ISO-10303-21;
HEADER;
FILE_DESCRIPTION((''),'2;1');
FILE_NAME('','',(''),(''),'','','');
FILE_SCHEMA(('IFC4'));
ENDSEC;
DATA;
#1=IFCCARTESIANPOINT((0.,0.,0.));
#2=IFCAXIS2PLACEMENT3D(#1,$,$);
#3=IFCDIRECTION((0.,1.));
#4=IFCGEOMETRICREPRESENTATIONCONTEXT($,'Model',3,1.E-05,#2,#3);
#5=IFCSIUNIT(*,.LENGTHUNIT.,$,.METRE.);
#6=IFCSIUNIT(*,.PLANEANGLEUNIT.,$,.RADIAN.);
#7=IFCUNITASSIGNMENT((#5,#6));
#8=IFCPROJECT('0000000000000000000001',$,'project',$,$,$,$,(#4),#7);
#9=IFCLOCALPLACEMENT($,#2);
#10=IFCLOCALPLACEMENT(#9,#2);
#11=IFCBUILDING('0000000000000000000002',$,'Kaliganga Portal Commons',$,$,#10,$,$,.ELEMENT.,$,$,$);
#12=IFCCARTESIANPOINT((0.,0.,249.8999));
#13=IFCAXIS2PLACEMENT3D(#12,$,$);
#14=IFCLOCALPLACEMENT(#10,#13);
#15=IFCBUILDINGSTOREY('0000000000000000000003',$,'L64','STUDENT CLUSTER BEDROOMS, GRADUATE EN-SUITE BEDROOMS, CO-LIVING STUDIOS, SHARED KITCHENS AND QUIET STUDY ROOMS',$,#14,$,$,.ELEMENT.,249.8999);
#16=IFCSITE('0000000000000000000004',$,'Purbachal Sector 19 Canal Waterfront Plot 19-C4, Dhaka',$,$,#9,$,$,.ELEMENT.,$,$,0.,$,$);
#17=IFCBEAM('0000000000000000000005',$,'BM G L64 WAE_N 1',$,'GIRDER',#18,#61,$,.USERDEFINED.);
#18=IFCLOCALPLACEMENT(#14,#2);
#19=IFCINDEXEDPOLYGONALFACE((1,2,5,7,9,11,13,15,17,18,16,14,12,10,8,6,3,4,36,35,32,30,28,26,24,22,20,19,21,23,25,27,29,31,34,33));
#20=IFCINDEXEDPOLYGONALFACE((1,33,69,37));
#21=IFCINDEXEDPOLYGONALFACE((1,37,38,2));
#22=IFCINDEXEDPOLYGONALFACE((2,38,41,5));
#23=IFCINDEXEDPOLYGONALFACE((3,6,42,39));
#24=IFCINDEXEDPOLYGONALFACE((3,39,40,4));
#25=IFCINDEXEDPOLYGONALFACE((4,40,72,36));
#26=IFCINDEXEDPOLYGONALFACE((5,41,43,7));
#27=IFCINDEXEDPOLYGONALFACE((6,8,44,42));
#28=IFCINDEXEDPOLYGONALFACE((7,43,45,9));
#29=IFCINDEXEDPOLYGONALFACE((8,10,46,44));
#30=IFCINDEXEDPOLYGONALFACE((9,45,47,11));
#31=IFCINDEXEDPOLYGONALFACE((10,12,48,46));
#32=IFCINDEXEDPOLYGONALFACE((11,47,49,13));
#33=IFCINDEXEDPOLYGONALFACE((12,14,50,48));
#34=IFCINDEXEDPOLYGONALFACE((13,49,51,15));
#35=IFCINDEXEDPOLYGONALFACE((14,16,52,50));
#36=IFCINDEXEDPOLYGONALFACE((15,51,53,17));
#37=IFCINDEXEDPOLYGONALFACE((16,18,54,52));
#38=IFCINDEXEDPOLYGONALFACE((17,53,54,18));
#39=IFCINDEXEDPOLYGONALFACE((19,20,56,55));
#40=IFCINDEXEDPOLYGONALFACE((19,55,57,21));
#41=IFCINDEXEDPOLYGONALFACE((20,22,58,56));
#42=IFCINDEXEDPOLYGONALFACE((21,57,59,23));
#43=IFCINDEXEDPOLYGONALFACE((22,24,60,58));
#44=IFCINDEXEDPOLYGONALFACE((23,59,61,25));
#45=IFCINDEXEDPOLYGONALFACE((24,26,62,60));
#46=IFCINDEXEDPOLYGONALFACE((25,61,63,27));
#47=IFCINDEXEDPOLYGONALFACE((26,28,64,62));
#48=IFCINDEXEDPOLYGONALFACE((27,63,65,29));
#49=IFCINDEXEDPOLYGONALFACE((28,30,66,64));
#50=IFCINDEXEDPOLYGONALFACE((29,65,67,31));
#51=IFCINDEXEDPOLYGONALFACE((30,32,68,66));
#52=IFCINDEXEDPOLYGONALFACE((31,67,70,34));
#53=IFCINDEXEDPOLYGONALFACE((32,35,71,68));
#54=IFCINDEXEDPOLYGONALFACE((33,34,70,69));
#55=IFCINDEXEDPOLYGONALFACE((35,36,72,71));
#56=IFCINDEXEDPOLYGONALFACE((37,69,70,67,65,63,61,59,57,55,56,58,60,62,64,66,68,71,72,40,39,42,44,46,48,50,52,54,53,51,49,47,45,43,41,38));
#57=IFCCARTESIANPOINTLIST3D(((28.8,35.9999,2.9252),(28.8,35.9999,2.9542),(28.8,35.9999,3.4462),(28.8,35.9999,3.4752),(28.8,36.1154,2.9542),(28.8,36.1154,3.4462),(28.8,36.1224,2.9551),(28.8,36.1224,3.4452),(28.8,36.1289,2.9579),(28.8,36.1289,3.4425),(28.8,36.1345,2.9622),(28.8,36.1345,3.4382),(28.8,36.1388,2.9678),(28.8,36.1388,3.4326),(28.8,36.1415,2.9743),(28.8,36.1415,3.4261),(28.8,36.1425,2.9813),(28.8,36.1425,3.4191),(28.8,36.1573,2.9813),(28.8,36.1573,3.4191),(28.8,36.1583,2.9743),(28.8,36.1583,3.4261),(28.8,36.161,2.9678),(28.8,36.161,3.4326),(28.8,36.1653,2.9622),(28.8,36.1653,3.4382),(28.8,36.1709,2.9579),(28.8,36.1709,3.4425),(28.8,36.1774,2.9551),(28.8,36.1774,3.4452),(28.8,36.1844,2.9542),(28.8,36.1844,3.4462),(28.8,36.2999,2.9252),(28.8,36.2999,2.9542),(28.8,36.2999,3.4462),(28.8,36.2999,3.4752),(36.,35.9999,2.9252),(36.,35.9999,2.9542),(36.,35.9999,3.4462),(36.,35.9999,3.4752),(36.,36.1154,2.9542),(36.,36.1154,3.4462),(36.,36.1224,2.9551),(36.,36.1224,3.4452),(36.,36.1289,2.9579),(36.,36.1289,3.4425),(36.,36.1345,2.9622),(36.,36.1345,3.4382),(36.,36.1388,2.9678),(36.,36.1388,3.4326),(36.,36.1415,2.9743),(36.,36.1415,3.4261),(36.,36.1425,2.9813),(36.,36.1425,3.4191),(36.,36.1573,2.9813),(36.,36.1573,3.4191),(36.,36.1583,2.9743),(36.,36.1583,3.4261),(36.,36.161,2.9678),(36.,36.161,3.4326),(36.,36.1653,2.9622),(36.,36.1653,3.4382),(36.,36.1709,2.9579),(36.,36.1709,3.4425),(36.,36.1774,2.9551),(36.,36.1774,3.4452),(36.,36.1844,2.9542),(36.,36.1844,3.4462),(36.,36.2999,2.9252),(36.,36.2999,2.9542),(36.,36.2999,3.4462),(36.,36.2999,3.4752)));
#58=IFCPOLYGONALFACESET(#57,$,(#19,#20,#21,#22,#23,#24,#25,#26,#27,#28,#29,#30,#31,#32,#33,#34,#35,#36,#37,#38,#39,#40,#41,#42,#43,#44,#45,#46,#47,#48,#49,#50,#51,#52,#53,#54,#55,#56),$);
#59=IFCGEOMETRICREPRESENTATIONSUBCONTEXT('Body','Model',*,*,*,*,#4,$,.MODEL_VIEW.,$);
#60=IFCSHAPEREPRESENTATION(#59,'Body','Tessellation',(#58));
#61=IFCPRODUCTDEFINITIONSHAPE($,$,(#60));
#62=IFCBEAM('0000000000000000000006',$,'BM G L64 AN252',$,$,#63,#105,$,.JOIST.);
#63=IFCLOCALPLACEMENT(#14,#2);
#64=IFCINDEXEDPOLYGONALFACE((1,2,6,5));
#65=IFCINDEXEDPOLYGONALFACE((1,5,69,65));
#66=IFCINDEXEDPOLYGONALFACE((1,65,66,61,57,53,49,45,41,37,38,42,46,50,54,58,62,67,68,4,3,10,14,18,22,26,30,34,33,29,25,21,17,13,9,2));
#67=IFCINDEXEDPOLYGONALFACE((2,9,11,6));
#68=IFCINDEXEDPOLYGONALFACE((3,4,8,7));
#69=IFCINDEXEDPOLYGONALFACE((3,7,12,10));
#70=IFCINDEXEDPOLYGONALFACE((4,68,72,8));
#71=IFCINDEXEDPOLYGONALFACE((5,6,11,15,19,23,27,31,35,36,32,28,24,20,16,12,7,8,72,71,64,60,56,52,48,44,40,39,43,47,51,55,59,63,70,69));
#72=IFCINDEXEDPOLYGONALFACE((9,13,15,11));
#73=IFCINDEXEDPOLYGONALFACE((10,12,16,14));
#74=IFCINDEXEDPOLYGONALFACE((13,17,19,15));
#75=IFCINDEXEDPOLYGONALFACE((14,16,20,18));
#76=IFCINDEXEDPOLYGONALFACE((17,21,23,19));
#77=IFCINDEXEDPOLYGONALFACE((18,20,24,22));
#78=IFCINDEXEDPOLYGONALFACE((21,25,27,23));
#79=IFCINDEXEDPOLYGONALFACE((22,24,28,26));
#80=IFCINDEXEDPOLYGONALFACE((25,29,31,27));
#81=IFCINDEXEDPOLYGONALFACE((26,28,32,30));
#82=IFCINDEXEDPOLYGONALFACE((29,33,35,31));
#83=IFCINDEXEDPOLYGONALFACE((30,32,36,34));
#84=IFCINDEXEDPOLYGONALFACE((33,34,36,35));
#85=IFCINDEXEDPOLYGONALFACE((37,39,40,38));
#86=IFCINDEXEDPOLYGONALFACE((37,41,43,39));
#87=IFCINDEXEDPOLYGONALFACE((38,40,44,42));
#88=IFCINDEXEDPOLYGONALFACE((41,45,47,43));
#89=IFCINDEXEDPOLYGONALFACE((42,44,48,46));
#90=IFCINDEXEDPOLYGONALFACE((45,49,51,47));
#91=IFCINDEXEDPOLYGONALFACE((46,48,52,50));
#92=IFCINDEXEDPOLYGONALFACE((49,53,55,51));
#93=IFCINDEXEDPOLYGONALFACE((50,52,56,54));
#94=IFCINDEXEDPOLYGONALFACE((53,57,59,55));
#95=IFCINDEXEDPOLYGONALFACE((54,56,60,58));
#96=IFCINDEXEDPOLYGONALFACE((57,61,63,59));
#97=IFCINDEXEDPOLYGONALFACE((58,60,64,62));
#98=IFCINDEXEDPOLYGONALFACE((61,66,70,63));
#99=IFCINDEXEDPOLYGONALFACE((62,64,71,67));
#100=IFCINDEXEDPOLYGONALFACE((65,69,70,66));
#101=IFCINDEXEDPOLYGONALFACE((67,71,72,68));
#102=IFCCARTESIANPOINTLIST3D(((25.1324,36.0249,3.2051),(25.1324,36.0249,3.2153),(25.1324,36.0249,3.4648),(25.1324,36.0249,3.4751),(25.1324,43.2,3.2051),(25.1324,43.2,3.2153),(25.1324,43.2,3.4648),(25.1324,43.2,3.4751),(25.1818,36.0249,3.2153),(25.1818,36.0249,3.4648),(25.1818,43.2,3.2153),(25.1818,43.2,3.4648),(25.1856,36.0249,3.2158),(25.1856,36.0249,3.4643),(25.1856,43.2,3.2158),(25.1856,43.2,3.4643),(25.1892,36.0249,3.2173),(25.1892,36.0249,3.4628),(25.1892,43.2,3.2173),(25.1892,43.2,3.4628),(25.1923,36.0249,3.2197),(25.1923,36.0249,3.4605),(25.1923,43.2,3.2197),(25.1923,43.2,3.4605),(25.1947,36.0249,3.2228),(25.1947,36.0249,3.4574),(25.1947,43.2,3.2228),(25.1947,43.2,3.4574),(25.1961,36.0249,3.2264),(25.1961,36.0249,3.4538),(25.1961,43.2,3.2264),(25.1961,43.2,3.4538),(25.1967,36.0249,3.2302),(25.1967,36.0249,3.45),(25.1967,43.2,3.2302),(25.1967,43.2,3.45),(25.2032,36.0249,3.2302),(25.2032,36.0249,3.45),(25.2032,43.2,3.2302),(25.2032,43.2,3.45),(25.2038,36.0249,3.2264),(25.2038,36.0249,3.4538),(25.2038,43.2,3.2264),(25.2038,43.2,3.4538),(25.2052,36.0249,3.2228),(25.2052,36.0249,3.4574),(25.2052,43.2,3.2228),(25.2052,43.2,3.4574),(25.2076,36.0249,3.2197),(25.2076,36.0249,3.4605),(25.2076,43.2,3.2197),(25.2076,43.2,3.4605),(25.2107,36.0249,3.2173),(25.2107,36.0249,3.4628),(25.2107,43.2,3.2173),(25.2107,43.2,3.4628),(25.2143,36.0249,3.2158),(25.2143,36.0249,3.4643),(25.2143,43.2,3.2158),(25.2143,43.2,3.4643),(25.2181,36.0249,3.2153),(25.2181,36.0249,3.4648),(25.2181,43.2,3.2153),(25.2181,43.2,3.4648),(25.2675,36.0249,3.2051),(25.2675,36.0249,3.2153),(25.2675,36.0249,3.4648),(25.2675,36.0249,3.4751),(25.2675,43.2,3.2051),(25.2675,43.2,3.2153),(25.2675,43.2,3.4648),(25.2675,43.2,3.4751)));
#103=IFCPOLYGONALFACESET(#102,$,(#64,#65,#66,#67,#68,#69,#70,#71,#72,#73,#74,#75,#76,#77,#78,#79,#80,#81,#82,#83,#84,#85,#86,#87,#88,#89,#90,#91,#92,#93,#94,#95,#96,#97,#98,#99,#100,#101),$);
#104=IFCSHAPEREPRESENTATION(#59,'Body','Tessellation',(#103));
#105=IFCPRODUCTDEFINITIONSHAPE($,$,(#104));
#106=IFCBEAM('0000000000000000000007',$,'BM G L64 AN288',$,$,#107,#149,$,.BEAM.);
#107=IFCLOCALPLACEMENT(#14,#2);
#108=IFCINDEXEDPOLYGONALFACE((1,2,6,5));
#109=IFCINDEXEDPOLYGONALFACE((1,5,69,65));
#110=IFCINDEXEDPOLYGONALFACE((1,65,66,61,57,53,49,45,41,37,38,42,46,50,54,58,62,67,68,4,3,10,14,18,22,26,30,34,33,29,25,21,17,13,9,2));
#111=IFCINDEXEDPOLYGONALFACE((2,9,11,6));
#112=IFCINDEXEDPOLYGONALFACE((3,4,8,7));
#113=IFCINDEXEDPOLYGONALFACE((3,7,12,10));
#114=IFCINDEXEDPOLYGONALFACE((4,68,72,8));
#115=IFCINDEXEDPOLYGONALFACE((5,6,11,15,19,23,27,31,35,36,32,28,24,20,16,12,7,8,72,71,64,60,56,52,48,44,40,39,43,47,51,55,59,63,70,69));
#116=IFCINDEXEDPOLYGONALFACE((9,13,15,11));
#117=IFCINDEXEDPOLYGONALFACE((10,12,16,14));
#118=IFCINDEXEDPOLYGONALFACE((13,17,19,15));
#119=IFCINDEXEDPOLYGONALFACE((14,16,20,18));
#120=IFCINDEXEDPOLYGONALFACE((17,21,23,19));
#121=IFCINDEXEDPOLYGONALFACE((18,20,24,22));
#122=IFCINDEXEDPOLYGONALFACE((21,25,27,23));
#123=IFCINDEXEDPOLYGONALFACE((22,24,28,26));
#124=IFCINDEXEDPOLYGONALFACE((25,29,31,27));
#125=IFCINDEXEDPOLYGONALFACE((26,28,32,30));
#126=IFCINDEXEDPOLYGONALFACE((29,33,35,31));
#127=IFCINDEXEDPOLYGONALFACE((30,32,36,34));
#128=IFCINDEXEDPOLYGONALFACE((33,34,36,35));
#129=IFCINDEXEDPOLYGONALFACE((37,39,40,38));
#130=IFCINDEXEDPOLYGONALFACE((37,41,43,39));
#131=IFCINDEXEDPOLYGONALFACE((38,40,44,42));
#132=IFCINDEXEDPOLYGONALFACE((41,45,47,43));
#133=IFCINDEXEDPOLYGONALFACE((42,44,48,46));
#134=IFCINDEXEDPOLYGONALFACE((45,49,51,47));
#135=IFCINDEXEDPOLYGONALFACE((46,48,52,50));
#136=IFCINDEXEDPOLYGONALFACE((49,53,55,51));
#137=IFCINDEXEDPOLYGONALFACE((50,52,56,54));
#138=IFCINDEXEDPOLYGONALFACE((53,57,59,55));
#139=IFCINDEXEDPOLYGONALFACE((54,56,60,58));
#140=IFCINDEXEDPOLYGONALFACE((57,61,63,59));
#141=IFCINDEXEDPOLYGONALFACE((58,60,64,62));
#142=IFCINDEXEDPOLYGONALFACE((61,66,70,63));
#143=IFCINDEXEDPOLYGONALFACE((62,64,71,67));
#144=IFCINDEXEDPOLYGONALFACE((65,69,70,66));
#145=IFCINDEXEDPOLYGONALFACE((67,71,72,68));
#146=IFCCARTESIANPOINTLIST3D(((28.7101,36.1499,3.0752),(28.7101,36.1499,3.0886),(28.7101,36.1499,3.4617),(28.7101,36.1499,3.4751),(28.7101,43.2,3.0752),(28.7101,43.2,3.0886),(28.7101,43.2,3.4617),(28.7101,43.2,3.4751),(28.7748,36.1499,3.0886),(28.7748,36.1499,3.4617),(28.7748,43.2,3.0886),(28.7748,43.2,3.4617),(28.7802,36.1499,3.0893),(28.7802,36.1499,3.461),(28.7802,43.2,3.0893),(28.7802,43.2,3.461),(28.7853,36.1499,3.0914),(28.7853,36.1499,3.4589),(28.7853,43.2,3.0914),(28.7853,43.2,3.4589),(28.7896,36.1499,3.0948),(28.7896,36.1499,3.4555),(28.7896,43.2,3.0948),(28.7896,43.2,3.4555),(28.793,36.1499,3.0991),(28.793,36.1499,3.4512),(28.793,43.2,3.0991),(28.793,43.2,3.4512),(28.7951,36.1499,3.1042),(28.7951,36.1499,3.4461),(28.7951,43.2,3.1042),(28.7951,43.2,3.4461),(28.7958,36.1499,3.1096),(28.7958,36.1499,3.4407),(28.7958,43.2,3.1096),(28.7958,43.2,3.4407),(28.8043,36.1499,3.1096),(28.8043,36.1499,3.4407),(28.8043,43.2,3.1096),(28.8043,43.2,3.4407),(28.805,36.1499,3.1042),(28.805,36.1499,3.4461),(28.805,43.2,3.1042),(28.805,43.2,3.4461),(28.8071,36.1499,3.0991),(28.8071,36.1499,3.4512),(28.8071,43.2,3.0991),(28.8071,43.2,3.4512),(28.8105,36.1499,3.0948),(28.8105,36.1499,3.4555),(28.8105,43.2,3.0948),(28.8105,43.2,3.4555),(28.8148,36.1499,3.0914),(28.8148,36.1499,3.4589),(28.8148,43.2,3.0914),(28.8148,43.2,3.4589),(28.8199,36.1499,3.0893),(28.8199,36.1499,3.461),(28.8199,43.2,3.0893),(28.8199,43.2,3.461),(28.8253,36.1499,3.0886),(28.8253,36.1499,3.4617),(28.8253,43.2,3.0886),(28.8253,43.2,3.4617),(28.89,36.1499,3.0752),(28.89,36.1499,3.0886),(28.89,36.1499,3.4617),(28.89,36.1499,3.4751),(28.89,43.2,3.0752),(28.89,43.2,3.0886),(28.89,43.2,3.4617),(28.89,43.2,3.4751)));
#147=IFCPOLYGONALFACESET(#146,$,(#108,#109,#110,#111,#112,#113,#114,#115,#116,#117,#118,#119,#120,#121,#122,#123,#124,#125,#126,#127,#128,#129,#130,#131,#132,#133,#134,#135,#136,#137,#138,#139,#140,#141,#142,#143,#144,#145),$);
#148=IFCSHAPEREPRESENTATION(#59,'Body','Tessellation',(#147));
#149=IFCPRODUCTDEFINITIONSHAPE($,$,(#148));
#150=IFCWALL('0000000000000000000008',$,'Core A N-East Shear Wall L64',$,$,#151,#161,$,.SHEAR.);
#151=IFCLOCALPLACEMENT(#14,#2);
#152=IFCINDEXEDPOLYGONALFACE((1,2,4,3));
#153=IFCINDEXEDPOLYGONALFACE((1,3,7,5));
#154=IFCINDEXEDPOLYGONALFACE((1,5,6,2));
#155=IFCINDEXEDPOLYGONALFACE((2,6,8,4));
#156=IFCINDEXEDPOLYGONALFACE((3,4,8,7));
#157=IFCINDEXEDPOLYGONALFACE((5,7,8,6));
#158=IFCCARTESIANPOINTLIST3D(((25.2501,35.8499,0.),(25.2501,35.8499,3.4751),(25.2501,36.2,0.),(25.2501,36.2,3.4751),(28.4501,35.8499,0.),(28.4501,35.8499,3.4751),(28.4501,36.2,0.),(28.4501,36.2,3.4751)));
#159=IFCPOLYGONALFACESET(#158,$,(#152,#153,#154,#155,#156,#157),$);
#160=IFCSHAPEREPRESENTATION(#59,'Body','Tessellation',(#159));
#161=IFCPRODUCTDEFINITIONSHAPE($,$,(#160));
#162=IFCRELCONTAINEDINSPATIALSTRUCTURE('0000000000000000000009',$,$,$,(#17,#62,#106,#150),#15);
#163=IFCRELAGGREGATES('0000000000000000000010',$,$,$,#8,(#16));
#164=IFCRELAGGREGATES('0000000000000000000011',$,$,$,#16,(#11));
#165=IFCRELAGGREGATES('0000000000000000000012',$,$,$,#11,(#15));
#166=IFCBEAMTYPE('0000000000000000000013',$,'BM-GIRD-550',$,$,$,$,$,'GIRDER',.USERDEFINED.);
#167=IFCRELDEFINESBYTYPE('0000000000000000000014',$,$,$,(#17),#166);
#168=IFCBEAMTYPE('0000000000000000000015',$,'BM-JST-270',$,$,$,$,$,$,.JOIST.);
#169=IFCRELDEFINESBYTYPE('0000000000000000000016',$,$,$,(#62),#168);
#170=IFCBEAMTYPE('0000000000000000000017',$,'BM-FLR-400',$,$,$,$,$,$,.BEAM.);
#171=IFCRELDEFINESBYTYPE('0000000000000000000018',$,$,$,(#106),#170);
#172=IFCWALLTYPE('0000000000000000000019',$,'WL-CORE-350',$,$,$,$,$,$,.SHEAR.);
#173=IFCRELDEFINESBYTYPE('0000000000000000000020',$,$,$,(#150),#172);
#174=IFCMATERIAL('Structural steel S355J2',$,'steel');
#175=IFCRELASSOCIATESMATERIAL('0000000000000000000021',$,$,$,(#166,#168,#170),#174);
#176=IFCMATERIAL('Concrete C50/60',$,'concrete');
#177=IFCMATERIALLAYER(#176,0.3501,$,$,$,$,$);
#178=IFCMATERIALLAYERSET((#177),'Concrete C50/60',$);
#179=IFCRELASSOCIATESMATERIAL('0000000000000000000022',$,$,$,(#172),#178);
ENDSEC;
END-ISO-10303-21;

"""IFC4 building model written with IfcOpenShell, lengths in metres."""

from ifc_helpers import new_model, si_unit, direction, frame, frame_2d, origin, origin_2d, place, context, subcontext, project, spatial, rectangle, i_section, extrude, source, transform, mapped, material, layer, layer_set, material_profile, profile_set, type_object, element, save


model = new_model("IFC4")

# Units and contexts
model_context = context("Model", 3, precision=1e-05, world=origin(), true_north=direction((0.0, 1.0)))
body_context = subcontext(model_context, "Body", "Model", "MODEL_VIEW")
ifc_project = project(units=[si_unit("LENGTHUNIT", "METRE"), si_unit("PLANEANGLEUNIT", "RADIAN")], contexts=[model_context])

# Site, building, storey
site_placement = place(None, origin())
site = spatial("IfcSite", under=ifc_project, at=site_placement, Name="Purbachal Sector 19 Canal Waterfront Plot 19-C4, Dhaka", CompositionType="ELEMENT", RefElevation=0.0)
building_placement = place(site_placement, origin())
building = spatial("IfcBuilding", under=site, at=building_placement, Name="Kaliganga Portal Commons", CompositionType="ELEMENT")
storey_placement = place(building_placement, frame((0.0, 0.0, 249.8999)))
storey = spatial("IfcBuildingStorey", under=building, at=storey_placement, Name="L64", Description="STUDENT CLUSTER BEDROOMS, GRADUATE EN-SUITE BEDROOMS, CO-LIVING STUDIOS, SHARED KITCHENS AND QUIET STUDY ROOMS", CompositionType="ELEMENT", Elevation=249.8999)

# Shared definitions
ifc_material_1 = material(Name="Concrete C50/60", Category="concrete")
ifc_material_2 = material(Name="Structural steel S355J2", Category="steel")

# Beams
ifc_material_profile_1 = material_profile(ifc_material_2, i_section(OverallWidth=0.3, OverallDepth=0.55, WebThickness=0.0149, FlangeThickness=0.0291, FilletRadius=0.0271, at=origin_2d()), Name="HE 550 B")
ifc_profile_set_1 = profile_set([ifc_material_profile_1], Name="Structural steel S355J2 wide-flange")
beam_type_1 = type_object("IfcBeamType", Name="BM-GIRD-550", ElementType="GIRDER", PredefinedType="USERDEFINED", material=ifc_profile_set_1)
shared_shape_1 = source(origin(), body_context, "Body", "SweptSolid", [
    extrude(i_section(OverallWidth=0.3, OverallDepth=0.55, WebThickness=0.0149, FlangeThickness=0.0291, FilletRadius=0.0271, at=origin_2d()), origin(), (0.0, 0.0, 1.0), 7.2),
])
beam_1_placement = place(storey_placement, frame((28.8, 36.1499, 3.2002), z_axis=(1.0, 0.0, 0.0), x_axis=(0.0, 1.0, 0.0)))
element("IfcBeam", 1, at=beam_1_placement, inside=storey, type_object=beam_type_1, Name="BM G L64 WAE_N 1", ObjectType="GIRDER", PredefinedType="USERDEFINED", context=body_context, shape_type="MappedRepresentation", body=[
    mapped(shared_shape_1, transform((0.0, 0.0, 0.0), x_axis=(1.0, 0.0, 0.0), y_axis=(0.0, 1.0, 0.0), z_axis=(0.0, 0.0, 1.0), scale=1.0)),
])
ifc_material_profile_2 = material_profile(ifc_material_2, i_section(OverallWidth=0.135, OverallDepth=0.27, WebThickness=0.0066, FlangeThickness=0.0103, FilletRadius=0.0149, at=origin_2d()), Name="IPE 270")
ifc_profile_set_2 = profile_set([ifc_material_profile_2], Name="Structural steel S355J2 wide-flange")
beam_type_2 = type_object("IfcBeamType", Name="BM-JST-270", PredefinedType="JOIST", material=ifc_profile_set_2)
shared_shape_2 = source(origin(), body_context, "Body", "SweptSolid", [
    extrude(i_section(OverallWidth=0.135, OverallDepth=0.27, WebThickness=0.0066, FlangeThickness=0.0103, FilletRadius=0.0149, at=origin_2d()), origin(), (0.0, 0.0, 1.0), 7.175),
])
beam_2_placement = place(storey_placement, frame((25.2, 36.0249, 3.3401), z_axis=(0.0, 1.0, 0.0), x_axis=(-1.0, 0.0, 0.0)))
element("IfcBeam", 2, at=beam_2_placement, inside=storey, type_object=beam_type_2, Name="BM G L64 AN252", PredefinedType="JOIST", context=body_context, shape_type="MappedRepresentation", body=[
    mapped(shared_shape_2, transform((0.0, 0.0, 0.0), x_axis=(1.0, 0.0, 0.0), y_axis=(0.0, 1.0, 0.0), z_axis=(0.0, 0.0, 1.0), scale=1.0)),
])
ifc_material_profile_3 = material_profile(ifc_material_2, i_section(OverallWidth=0.1799, OverallDepth=0.3999, WebThickness=0.0085, FlangeThickness=0.0134, FilletRadius=0.021, at=origin_2d()), Name="IPE 400")
ifc_profile_set_3 = profile_set([ifc_material_profile_3], Name="Structural steel S355J2 wide-flange")
beam_type_3 = type_object("IfcBeamType", Name="BM-FLR-400", PredefinedType="BEAM", material=ifc_profile_set_3)
shared_shape_3 = source(origin(), body_context, "Body", "SweptSolid", [
    extrude(i_section(OverallWidth=0.1799, OverallDepth=0.3999, WebThickness=0.0085, FlangeThickness=0.0134, FilletRadius=0.021, at=origin_2d()), origin(), (0.0, 0.0, 1.0), 7.05),
])
beam_3_placement = place(storey_placement, frame((28.8, 36.1499, 3.2751), z_axis=(0.0, 1.0, 0.0), x_axis=(-1.0, 0.0, 0.0)))
element("IfcBeam", 3, at=beam_3_placement, inside=storey, type_object=beam_type_3, Name="BM G L64 AN288", PredefinedType="BEAM", context=body_context, shape_type="MappedRepresentation", body=[
    mapped(shared_shape_3, transform((0.0, 0.0, 0.0), x_axis=(1.0, 0.0, 0.0), y_axis=(0.0, 1.0, 0.0), z_axis=(0.0, 0.0, 1.0), scale=1.0)),
])

# Wall
ifc_layer_1 = layer(ifc_material_1, 0.3501)
ifc_layer_set_1 = layer_set([ifc_layer_1], Name="Concrete C50/60")
wall_type_1 = type_object("IfcWallType", Name="WL-CORE-350", PredefinedType="SHEAR", material=ifc_layer_set_1)
wall_1_placement = place(storey_placement, frame((25.25, 36.0249, 0.0), z_axis=(0.0, 0.0, 1.0), x_axis=(1.0, 0.0, 0.0)))
element("IfcWall", 4, at=wall_1_placement, inside=storey, type_object=wall_type_1, Name="Core A N-East Shear Wall L64", PredefinedType="SHEAR", context=body_context, shape_type="SweptSolid", body=[
    extrude(rectangle(XDim=3.2, YDim=0.3501, at=frame_2d((1.6001, 0.0))), origin(), (0.0, 0.0, 1.0), 3.4751),
])

save(model, "model.ifc")
